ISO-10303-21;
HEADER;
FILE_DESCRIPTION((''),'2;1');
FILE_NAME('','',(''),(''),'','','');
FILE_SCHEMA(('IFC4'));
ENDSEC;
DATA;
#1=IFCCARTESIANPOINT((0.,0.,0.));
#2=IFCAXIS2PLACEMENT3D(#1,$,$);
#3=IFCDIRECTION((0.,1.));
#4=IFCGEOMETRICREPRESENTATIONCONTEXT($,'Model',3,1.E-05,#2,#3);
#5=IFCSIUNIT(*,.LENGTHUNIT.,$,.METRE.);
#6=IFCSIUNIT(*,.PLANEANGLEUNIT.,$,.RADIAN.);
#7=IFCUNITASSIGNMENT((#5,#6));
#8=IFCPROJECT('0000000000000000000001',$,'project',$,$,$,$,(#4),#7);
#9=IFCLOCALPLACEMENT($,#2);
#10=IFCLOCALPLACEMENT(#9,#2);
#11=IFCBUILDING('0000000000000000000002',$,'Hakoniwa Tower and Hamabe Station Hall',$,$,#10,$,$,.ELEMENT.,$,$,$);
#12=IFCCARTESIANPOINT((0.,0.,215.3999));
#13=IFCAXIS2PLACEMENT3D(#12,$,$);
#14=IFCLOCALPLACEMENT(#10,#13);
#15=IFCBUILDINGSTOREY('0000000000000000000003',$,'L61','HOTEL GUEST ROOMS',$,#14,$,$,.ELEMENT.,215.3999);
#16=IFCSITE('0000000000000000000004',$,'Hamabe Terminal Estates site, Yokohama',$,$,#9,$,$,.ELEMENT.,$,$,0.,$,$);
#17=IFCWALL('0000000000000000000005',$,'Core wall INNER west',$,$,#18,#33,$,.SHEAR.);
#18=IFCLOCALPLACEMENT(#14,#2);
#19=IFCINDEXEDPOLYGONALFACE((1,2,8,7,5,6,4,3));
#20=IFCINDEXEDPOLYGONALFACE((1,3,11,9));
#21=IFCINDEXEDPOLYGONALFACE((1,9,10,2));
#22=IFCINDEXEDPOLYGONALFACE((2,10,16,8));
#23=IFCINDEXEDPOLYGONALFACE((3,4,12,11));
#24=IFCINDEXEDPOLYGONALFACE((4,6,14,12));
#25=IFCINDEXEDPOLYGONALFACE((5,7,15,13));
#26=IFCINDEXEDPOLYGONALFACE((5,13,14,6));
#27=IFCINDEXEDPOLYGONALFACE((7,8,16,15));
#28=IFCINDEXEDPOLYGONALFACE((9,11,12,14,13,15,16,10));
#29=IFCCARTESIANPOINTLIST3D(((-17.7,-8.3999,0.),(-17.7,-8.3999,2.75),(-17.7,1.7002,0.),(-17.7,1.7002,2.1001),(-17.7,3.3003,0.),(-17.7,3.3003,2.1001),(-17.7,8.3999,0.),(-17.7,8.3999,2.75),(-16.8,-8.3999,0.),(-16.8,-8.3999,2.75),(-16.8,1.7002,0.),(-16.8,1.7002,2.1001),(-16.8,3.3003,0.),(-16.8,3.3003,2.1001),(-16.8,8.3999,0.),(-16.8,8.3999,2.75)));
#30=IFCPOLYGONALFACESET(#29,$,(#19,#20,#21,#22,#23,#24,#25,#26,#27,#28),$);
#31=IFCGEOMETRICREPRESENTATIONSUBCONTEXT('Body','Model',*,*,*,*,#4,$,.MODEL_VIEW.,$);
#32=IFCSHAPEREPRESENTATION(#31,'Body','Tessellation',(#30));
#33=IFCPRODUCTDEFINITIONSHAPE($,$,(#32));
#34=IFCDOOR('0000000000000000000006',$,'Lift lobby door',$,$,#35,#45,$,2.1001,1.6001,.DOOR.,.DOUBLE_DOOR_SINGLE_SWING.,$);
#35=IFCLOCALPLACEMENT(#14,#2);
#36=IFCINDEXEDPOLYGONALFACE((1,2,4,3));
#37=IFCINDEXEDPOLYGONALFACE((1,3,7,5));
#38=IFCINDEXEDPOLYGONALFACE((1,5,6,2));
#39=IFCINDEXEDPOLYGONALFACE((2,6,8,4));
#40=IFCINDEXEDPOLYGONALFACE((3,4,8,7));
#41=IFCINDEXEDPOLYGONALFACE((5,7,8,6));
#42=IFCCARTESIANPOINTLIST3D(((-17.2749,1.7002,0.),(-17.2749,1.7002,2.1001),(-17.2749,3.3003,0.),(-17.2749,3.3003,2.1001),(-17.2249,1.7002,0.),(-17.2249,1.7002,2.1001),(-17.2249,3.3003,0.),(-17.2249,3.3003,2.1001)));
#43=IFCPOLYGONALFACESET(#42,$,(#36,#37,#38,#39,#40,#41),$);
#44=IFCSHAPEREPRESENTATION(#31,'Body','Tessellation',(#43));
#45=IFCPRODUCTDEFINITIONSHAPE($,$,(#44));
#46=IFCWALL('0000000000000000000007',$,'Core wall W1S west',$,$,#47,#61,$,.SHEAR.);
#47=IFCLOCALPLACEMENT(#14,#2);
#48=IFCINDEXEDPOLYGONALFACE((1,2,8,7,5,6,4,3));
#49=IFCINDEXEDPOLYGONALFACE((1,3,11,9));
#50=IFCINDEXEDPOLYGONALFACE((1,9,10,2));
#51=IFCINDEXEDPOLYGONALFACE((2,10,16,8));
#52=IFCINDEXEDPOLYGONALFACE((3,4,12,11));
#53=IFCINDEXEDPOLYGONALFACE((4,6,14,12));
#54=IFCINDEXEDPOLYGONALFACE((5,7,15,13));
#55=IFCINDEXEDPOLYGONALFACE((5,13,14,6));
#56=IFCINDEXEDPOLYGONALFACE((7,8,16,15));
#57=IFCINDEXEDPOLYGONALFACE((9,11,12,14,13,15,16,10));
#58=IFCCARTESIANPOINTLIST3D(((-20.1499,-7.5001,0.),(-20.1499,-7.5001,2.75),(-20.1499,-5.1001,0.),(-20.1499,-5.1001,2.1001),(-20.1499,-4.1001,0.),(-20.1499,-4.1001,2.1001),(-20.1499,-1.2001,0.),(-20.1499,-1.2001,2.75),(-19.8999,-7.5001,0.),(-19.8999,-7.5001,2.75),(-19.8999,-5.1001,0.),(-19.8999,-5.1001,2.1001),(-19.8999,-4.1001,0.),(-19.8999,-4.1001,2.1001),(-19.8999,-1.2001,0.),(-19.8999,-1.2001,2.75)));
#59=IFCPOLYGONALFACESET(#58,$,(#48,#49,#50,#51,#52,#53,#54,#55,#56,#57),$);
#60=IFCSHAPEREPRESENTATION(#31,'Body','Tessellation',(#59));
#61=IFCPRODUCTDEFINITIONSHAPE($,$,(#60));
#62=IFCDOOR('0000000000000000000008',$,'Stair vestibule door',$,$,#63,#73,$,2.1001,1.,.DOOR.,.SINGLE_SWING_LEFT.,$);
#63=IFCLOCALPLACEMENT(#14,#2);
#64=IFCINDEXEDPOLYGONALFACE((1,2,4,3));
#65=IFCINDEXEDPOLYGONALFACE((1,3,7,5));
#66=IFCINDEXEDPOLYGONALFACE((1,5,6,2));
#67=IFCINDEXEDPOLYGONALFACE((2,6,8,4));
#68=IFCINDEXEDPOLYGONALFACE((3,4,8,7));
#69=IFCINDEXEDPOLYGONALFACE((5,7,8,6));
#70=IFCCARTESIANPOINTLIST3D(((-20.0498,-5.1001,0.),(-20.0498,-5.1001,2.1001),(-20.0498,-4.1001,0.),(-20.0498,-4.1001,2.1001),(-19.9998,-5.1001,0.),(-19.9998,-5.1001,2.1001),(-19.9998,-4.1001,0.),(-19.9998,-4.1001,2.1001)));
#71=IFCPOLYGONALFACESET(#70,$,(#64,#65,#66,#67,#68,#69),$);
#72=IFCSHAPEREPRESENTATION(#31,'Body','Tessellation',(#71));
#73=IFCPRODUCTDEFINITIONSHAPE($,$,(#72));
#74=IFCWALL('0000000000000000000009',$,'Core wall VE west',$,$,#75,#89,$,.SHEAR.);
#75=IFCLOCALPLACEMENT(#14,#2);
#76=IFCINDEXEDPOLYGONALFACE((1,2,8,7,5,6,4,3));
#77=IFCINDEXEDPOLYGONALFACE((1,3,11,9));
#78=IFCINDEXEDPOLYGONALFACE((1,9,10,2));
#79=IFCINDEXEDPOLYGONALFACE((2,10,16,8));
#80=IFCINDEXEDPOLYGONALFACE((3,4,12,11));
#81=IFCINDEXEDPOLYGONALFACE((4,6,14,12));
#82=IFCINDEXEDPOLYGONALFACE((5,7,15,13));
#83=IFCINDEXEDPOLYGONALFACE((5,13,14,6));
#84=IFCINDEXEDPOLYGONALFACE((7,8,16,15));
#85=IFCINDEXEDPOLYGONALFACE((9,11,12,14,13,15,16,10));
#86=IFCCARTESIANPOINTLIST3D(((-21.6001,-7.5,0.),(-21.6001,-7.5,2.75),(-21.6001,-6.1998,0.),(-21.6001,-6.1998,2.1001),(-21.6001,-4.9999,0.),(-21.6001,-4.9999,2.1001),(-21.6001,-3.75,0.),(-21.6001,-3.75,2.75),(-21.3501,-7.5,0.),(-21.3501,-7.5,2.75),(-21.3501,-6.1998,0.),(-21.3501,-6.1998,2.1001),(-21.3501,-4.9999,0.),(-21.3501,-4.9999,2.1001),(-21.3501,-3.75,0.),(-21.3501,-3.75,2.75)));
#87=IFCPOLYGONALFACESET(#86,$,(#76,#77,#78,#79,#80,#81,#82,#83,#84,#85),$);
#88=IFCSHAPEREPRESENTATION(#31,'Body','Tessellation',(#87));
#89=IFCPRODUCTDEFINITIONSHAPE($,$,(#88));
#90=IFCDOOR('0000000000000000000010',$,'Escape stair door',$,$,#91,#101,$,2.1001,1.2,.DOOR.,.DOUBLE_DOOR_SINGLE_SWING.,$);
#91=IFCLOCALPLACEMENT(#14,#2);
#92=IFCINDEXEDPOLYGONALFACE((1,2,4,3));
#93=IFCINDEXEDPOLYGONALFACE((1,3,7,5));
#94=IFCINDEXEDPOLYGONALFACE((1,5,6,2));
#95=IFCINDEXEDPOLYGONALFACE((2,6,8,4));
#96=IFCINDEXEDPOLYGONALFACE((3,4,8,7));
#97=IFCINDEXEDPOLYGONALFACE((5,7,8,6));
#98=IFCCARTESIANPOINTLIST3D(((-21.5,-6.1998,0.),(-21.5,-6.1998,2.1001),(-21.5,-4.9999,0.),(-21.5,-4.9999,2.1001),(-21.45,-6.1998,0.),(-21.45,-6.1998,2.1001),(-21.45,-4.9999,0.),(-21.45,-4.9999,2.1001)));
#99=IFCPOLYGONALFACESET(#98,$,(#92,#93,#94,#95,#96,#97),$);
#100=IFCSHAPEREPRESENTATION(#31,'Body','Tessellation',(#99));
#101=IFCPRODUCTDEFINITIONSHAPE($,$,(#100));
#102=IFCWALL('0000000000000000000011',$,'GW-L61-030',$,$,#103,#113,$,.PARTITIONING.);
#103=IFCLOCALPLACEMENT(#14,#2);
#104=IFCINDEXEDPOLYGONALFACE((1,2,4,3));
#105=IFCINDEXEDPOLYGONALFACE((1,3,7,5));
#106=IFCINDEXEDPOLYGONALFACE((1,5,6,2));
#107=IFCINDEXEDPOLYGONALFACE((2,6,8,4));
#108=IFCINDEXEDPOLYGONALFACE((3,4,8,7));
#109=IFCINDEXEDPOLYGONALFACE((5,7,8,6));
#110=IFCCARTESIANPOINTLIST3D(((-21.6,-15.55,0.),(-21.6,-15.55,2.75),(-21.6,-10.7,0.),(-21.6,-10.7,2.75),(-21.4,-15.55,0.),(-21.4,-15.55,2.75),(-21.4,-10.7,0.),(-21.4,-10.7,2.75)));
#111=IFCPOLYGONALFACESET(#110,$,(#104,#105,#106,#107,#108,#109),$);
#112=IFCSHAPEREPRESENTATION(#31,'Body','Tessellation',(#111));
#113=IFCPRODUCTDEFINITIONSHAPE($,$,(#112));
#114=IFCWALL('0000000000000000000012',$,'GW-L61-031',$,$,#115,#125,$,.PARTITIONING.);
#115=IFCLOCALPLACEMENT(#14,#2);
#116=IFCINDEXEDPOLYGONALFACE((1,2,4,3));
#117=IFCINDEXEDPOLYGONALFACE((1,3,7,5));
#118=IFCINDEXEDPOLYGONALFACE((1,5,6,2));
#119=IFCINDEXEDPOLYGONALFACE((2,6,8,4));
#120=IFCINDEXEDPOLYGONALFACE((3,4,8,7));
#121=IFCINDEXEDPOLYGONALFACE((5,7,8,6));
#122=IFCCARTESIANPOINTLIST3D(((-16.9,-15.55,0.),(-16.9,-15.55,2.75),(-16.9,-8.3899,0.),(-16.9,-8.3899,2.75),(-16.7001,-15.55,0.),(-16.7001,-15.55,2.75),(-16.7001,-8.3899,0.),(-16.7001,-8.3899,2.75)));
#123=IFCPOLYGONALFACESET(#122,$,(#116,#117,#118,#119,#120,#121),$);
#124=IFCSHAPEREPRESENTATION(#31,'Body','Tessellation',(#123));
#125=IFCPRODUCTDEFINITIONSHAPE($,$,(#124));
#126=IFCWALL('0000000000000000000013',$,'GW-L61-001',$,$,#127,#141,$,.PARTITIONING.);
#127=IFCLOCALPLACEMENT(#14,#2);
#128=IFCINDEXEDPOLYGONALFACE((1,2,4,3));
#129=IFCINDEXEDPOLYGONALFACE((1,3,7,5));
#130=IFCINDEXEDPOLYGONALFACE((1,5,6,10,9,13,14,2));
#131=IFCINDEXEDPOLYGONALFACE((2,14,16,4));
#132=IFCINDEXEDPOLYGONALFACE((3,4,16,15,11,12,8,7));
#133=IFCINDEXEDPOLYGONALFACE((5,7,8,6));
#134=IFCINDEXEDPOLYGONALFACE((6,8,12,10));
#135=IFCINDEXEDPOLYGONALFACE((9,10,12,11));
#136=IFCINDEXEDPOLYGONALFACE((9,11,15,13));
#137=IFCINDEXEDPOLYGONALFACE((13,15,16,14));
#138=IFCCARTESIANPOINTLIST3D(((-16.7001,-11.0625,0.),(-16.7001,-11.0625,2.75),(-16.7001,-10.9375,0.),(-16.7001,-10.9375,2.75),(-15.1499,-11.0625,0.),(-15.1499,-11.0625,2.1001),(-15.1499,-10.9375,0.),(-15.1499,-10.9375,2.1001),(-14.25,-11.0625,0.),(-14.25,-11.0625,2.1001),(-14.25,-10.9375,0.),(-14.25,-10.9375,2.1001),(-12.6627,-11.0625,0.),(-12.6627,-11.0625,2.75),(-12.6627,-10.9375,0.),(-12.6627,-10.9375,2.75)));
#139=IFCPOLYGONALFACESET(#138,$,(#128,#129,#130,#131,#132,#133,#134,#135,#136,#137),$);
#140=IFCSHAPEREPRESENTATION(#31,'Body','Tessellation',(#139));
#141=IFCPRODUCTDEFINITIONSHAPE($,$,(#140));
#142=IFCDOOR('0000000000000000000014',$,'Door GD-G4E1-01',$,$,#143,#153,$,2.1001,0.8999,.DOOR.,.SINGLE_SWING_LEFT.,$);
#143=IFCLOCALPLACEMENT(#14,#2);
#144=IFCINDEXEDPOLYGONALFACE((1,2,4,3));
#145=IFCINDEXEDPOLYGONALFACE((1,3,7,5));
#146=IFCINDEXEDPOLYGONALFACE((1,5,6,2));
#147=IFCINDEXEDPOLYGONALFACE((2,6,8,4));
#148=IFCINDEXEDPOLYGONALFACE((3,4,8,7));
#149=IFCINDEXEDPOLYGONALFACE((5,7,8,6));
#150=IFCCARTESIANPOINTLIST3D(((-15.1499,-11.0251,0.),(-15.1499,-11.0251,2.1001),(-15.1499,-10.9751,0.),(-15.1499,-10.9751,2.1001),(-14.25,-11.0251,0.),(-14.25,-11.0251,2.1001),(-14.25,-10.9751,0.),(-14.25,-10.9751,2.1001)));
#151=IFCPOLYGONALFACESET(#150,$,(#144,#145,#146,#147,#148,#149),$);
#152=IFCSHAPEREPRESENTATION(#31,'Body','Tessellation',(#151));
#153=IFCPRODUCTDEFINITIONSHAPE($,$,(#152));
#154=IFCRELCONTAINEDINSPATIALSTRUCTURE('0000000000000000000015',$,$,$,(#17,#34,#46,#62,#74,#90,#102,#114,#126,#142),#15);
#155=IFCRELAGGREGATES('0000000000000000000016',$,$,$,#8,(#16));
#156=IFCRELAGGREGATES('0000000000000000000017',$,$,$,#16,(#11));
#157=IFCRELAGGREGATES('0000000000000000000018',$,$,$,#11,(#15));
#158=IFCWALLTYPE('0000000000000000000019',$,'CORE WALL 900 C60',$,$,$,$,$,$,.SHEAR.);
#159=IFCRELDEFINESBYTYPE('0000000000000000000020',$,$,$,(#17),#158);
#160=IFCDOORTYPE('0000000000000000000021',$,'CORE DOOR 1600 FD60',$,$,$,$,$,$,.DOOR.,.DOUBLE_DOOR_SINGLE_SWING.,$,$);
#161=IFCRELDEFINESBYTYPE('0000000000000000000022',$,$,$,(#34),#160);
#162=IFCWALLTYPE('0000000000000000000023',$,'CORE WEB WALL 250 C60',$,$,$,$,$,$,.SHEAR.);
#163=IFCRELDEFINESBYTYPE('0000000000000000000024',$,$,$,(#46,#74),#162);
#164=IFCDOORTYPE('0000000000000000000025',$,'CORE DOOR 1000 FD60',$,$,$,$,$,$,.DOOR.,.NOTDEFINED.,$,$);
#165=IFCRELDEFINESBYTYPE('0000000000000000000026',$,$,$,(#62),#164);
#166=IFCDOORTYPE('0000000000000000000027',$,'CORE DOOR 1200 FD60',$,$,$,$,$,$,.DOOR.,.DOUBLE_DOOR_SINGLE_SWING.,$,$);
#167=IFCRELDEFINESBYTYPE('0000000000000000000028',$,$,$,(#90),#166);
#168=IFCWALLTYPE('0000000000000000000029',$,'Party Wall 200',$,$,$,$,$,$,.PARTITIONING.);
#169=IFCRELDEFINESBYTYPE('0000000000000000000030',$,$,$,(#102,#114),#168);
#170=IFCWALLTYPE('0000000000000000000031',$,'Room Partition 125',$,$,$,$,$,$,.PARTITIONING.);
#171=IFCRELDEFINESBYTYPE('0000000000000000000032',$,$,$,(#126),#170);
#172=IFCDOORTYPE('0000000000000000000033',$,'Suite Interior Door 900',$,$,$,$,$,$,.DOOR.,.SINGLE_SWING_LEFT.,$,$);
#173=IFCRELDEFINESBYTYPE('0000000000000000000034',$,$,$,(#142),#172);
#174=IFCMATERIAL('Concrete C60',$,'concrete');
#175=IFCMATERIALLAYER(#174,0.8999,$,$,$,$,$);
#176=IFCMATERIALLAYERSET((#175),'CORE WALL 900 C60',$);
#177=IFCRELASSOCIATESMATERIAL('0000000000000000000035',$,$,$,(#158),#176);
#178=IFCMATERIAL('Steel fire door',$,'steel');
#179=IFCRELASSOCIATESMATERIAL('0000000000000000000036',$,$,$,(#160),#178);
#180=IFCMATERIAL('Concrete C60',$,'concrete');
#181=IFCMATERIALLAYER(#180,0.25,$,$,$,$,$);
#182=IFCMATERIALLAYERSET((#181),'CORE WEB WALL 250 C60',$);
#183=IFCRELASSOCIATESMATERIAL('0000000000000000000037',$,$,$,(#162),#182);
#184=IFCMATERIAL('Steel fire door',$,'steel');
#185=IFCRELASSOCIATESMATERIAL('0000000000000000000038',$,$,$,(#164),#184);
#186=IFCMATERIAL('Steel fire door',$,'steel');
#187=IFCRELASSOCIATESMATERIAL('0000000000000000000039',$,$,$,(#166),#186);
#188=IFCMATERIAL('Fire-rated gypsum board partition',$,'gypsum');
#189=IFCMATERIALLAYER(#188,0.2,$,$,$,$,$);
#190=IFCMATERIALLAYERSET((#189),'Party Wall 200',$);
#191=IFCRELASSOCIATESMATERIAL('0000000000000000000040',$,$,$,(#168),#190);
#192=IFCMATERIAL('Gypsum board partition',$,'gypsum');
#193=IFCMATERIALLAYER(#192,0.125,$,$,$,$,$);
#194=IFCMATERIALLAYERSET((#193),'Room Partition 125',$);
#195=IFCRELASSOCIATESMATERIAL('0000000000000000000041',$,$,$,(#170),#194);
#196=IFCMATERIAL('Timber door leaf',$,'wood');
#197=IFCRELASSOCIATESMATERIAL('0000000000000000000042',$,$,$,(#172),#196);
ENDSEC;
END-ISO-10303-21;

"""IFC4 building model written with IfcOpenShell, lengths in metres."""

from ifc_helpers import new_model, si_unit, direction, frame, frame_2d, origin, place, context, subcontext, project, spatial, rectangle, extrude, material, layer, layer_set, type_object, element, fill, save


model = new_model("IFC4")

# Units and contexts
model_context = context("Model", 3, precision=1e-05, world=origin(), true_north=direction((0.0, 1.0)))
body_context = subcontext(model_context, "Body", "Model", "MODEL_VIEW")
ifc_project = project(units=[si_unit("LENGTHUNIT", "METRE"), si_unit("PLANEANGLEUNIT", "RADIAN")], contexts=[model_context])

# Site, building, storey
site_placement = place(None, origin())
site = spatial("IfcSite", under=ifc_project, at=site_placement, Name="Hamabe Terminal Estates site, Yokohama", CompositionType="ELEMENT", RefElevation=0.0)
building_placement = place(site_placement, origin())
building = spatial("IfcBuilding", under=site, at=building_placement, Name="Hakoniwa Tower and Hamabe Station Hall", CompositionType="ELEMENT")
storey_placement = place(building_placement, frame((0.0, 0.0, 215.3999)))
storey = spatial("IfcBuildingStorey", under=building, at=storey_placement, Name="L61", Description="HOTEL GUEST ROOMS", CompositionType="ELEMENT", Elevation=215.3999)

# Walls, openings, doors
ifc_material_1 = material(Name="Concrete C60", Category="concrete")
ifc_layer_1 = layer(ifc_material_1, 0.8999)
ifc_layer_set_1 = layer_set([ifc_layer_1], Name="CORE WALL 900 C60")
wall_type_1 = type_object("IfcWallType", Name="CORE WALL 900 C60", PredefinedType="SHEAR", material=ifc_layer_set_1)
wall_1_placement = place(storey_placement, frame((-17.25, -8.3999, 0.0), z_axis=(0.0, 0.0, 1.0), x_axis=(0.0, 1.0, 0.0)))
wall_1 = element("IfcWall", 1, at=wall_1_placement, inside=storey, type_object=wall_type_1, Name="Core wall INNER west", PredefinedType="SHEAR", context=body_context, shape_type="SweptSolid", body=[
    extrude(rectangle(XDim=16.7998, YDim=0.8999, at=frame_2d((8.3999, 0.0))), origin(), (0.0, 0.0, 1.0), 2.75),
])
opening_1_placement = place(wall_1_placement, frame((10.1001, 0.0, 0.0)))
opening_1 = element("IfcOpeningElement", 2, at=opening_1_placement, cuts=wall_1, PredefinedType="OPENING", context=body_context, shape_type="SweptSolid", body=[
    extrude(rectangle(XDim=1.6001, YDim=2.1001, at=frame_2d((0.8, 1.05))), frame((0.0, 0.46, 0.0), z_axis=(0.0, -1.0, 0.0), x_axis=(1.0, 0.0, 0.0)), (0.0, 0.0, 1.0), 0.9199),
])
ifc_material_2 = material(Name="Steel fire door", Category="steel")
door_type_1 = type_object("IfcDoorType", Name="CORE DOOR 1600 FD60", OperationType="DOUBLE_DOOR_SINGLE_SWING", PredefinedType="DOOR", material=ifc_material_2)
door_1_placement = place(opening_1_placement, origin())
door_1 = element("IfcDoor", 3, at=door_1_placement, inside=storey, type_object=door_type_1, Name="Lift lobby door", OperationType="DOUBLE_DOOR_SINGLE_SWING", OverallHeight=2.1001, OverallWidth=1.6001, PredefinedType="DOOR", context=body_context, shape_type="SweptSolid", body=[
    extrude(rectangle(XDim=1.6001, YDim=2.1001, at=frame_2d((0.8, 1.05))), frame((0.0, 0.0249, 0.0), z_axis=(0.0, -1.0, 0.0), x_axis=(1.0, 0.0, 0.0)), (0.0, 0.0, 1.0), 0.05),
])
fill(opening_1, door_1)
ifc_material_3 = material(Name="Concrete C60", Category="concrete")
ifc_layer_2 = layer(ifc_material_3, 0.25)
ifc_layer_set_2 = layer_set([ifc_layer_2], Name="CORE WEB WALL 250 C60")
wall_type_2 = type_object("IfcWallType", Name="CORE WEB WALL 250 C60", PredefinedType="SHEAR", material=ifc_layer_set_2)
wall_2_placement = place(storey_placement, frame((-20.0249, -7.5, 0.0), z_axis=(0.0, 0.0, 1.0), x_axis=(0.0, 1.0, 0.0)))
wall_2 = element("IfcWall", 4, at=wall_2_placement, inside=storey, type_object=wall_type_2, Name="Core wall W1S west", PredefinedType="SHEAR", context=body_context, shape_type="SweptSolid", body=[
    extrude(rectangle(XDim=6.3, YDim=0.25, at=frame_2d((3.1499, 0.0))), origin(), (0.0, 0.0, 1.0), 2.75),
])
opening_2_placement = place(wall_2_placement, frame((2.3999, 0.0, 0.0)))
opening_2 = element("IfcOpeningElement", 5, at=opening_2_placement, cuts=wall_2, PredefinedType="OPENING", context=body_context, shape_type="SweptSolid", body=[
    extrude(rectangle(XDim=1.0, YDim=2.1001, at=frame_2d((0.5, 1.05))), frame((0.0, 0.135, 0.0), z_axis=(0.0, -1.0, 0.0), x_axis=(1.0, 0.0, 0.0)), (0.0, 0.0, 1.0), 0.27),
])
ifc_material_4 = material(Name="Steel fire door", Category="steel")
door_type_2 = type_object("IfcDoorType", Name="CORE DOOR 1000 FD60", OperationType="NOTDEFINED", PredefinedType="DOOR", material=ifc_material_4)
door_2_placement = place(opening_2_placement, origin())
door_2 = element("IfcDoor", 6, at=door_2_placement, inside=storey, type_object=door_type_2, Name="Stair vestibule door", OperationType="SINGLE_SWING_LEFT", OverallHeight=2.1001, OverallWidth=1.0, PredefinedType="DOOR", context=body_context, shape_type="SweptSolid", body=[
    extrude(rectangle(XDim=1.0, YDim=2.1001, at=frame_2d((0.5, 1.05))), frame((0.0, 0.0249, 0.0), z_axis=(0.0, -1.0, 0.0), x_axis=(1.0, 0.0, 0.0)), (0.0, 0.0, 1.0), 0.05),
])
fill(opening_2, door_2)
wall_3_placement = place(storey_placement, frame((-21.4751, -7.5, 0.0), z_axis=(0.0, 0.0, 1.0), x_axis=(0.0, 1.0, 0.0)))
wall_3 = element("IfcWall", 7, at=wall_3_placement, inside=storey, type_object=wall_type_2, Name="Core wall VE west", PredefinedType="SHEAR", context=body_context, shape_type="SweptSolid", body=[
    extrude(rectangle(XDim=3.75, YDim=0.25, at=frame_2d((1.875, 0.0))), origin(), (0.0, 0.0, 1.0), 2.75),
])
opening_3_placement = place(wall_3_placement, frame((1.3, 0.0, 0.0)))
opening_3 = element("IfcOpeningElement", 8, at=opening_3_placement, cuts=wall_3, PredefinedType="OPENING", context=body_context, shape_type="SweptSolid", body=[
    extrude(rectangle(XDim=1.2, YDim=2.1001, at=frame_2d((0.6001, 1.05))), frame((0.0, 0.135, 0.0), z_axis=(0.0, -1.0, 0.0), x_axis=(1.0, 0.0, 0.0)), (0.0, 0.0, 1.0), 0.27),
])
ifc_material_5 = material(Name="Steel fire door", Category="steel")
door_type_3 = type_object("IfcDoorType", Name="CORE DOOR 1200 FD60", OperationType="DOUBLE_DOOR_SINGLE_SWING", PredefinedType="DOOR", material=ifc_material_5)
door_3_placement = place(opening_3_placement, origin())
door_3 = element("IfcDoor", 9, at=door_3_placement, inside=storey, type_object=door_type_3, Name="Escape stair door", OperationType="DOUBLE_DOOR_SINGLE_SWING", OverallHeight=2.1001, OverallWidth=1.2, PredefinedType="DOOR", context=body_context, shape_type="SweptSolid", body=[
    extrude(rectangle(XDim=1.2, YDim=2.1001, at=frame_2d((0.6001, 1.05))), frame((0.0, 0.0249, 0.0), z_axis=(0.0, -1.0, 0.0), x_axis=(1.0, 0.0, 0.0)), (0.0, 0.0, 1.0), 0.05),
])
fill(opening_3, door_3)

# Walls
ifc_material_6 = material(Name="Fire-rated gypsum board partition", Category="gypsum")
ifc_layer_3 = layer(ifc_material_6, 0.2)
ifc_layer_set_3 = layer_set([ifc_layer_3], Name="Party Wall 200")
wall_type_3 = type_object("IfcWallType", Name="Party Wall 200", PredefinedType="PARTITIONING", material=ifc_layer_set_3)
wall_4_placement = place(storey_placement, frame((-21.5, -15.55, 0.0), z_axis=(0.0, 0.0, 1.0), x_axis=(0.0, 1.0, 0.0)))
element("IfcWall", 10, at=wall_4_placement, inside=storey, type_object=wall_type_3, Name="GW-L61-030", PredefinedType="PARTITIONING", context=body_context, shape_type="SweptSolid", body=[
    extrude(rectangle(XDim=4.8501, YDim=0.2, at=frame_2d((2.425, 0.0))), origin(), (0.0, 0.0, 1.0), 2.75),
])
wall_5_placement = place(storey_placement, frame((-16.8, -15.55, 0.0), z_axis=(0.0, 0.0, 1.0), x_axis=(0.0, 1.0, 0.0)))
element("IfcWall", 11, at=wall_5_placement, inside=storey, type_object=wall_type_3, Name="GW-L61-031", PredefinedType="PARTITIONING", context=body_context, shape_type="SweptSolid", body=[
    extrude(rectangle(XDim=7.1602, YDim=0.2, at=frame_2d((3.5801, 0.0))), origin(), (0.0, 0.0, 1.0), 2.75),
])

# Wall, opening, door
ifc_material_7 = material(Name="Gypsum board partition", Category="gypsum")
ifc_layer_4 = layer(ifc_material_7, 0.125)
ifc_layer_set_4 = layer_set([ifc_layer_4], Name="Room Partition 125")
wall_type_4 = type_object("IfcWallType", Name="Room Partition 125", PredefinedType="PARTITIONING", material=ifc_layer_set_4)
wall_6_placement = place(storey_placement, frame((-16.7, -11.0, 0.0), z_axis=(0.0, 0.0, 1.0), x_axis=(1.0, 0.0, 0.0)))
wall_6 = element("IfcWall", 12, at=wall_6_placement, inside=storey, type_object=wall_type_4, Name="GW-L61-001", PredefinedType="PARTITIONING", context=body_context, shape_type="SweptSolid", body=[
    extrude(rectangle(XDim=4.0374, YDim=0.125, at=frame_2d((2.0186, 0.0))), origin(), (0.0, 0.0, 1.0), 2.75),
])
opening_4_placement = place(wall_6_placement, frame((1.55, 0.0, 0.0)))
opening_4 = element("IfcOpeningElement", 13, at=opening_4_placement, cuts=wall_6, PredefinedType="OPENING", context=body_context, shape_type="SweptSolid", body=[
    extrude(rectangle(XDim=0.8999, YDim=2.1001, at=frame_2d((0.45, 1.05))), frame((0.0, 0.0725, 0.0), z_axis=(0.0, -1.0, 0.0), x_axis=(1.0, 0.0, 0.0)), (0.0, 0.0, 1.0), 0.145),
])
ifc_material_8 = material(Name="Timber door leaf", Category="wood")
door_type_4 = type_object("IfcDoorType", Name="Suite Interior Door 900", OperationType="SINGLE_SWING_LEFT", PredefinedType="DOOR", material=ifc_material_8)
door_4_placement = place(opening_4_placement, origin())
door_4 = element("IfcDoor", 14, at=door_4_placement, inside=storey, type_object=door_type_4, Name="Door GD-G4E1-01", OperationType="SINGLE_SWING_LEFT", OverallHeight=2.1001, OverallWidth=0.8999, PredefinedType="DOOR", context=body_context, shape_type="SweptSolid", body=[
    extrude(rectangle(XDim=0.8999, YDim=2.1001, at=frame_2d((0.45, 1.05))), frame((0.0, 0.0249, 0.0), z_axis=(0.0, -1.0, 0.0), x_axis=(1.0, 0.0, 0.0)), (0.0, 0.0, 1.0), 0.05),
])
fill(opening_4, door_4)

save(model, "model.ifc")
